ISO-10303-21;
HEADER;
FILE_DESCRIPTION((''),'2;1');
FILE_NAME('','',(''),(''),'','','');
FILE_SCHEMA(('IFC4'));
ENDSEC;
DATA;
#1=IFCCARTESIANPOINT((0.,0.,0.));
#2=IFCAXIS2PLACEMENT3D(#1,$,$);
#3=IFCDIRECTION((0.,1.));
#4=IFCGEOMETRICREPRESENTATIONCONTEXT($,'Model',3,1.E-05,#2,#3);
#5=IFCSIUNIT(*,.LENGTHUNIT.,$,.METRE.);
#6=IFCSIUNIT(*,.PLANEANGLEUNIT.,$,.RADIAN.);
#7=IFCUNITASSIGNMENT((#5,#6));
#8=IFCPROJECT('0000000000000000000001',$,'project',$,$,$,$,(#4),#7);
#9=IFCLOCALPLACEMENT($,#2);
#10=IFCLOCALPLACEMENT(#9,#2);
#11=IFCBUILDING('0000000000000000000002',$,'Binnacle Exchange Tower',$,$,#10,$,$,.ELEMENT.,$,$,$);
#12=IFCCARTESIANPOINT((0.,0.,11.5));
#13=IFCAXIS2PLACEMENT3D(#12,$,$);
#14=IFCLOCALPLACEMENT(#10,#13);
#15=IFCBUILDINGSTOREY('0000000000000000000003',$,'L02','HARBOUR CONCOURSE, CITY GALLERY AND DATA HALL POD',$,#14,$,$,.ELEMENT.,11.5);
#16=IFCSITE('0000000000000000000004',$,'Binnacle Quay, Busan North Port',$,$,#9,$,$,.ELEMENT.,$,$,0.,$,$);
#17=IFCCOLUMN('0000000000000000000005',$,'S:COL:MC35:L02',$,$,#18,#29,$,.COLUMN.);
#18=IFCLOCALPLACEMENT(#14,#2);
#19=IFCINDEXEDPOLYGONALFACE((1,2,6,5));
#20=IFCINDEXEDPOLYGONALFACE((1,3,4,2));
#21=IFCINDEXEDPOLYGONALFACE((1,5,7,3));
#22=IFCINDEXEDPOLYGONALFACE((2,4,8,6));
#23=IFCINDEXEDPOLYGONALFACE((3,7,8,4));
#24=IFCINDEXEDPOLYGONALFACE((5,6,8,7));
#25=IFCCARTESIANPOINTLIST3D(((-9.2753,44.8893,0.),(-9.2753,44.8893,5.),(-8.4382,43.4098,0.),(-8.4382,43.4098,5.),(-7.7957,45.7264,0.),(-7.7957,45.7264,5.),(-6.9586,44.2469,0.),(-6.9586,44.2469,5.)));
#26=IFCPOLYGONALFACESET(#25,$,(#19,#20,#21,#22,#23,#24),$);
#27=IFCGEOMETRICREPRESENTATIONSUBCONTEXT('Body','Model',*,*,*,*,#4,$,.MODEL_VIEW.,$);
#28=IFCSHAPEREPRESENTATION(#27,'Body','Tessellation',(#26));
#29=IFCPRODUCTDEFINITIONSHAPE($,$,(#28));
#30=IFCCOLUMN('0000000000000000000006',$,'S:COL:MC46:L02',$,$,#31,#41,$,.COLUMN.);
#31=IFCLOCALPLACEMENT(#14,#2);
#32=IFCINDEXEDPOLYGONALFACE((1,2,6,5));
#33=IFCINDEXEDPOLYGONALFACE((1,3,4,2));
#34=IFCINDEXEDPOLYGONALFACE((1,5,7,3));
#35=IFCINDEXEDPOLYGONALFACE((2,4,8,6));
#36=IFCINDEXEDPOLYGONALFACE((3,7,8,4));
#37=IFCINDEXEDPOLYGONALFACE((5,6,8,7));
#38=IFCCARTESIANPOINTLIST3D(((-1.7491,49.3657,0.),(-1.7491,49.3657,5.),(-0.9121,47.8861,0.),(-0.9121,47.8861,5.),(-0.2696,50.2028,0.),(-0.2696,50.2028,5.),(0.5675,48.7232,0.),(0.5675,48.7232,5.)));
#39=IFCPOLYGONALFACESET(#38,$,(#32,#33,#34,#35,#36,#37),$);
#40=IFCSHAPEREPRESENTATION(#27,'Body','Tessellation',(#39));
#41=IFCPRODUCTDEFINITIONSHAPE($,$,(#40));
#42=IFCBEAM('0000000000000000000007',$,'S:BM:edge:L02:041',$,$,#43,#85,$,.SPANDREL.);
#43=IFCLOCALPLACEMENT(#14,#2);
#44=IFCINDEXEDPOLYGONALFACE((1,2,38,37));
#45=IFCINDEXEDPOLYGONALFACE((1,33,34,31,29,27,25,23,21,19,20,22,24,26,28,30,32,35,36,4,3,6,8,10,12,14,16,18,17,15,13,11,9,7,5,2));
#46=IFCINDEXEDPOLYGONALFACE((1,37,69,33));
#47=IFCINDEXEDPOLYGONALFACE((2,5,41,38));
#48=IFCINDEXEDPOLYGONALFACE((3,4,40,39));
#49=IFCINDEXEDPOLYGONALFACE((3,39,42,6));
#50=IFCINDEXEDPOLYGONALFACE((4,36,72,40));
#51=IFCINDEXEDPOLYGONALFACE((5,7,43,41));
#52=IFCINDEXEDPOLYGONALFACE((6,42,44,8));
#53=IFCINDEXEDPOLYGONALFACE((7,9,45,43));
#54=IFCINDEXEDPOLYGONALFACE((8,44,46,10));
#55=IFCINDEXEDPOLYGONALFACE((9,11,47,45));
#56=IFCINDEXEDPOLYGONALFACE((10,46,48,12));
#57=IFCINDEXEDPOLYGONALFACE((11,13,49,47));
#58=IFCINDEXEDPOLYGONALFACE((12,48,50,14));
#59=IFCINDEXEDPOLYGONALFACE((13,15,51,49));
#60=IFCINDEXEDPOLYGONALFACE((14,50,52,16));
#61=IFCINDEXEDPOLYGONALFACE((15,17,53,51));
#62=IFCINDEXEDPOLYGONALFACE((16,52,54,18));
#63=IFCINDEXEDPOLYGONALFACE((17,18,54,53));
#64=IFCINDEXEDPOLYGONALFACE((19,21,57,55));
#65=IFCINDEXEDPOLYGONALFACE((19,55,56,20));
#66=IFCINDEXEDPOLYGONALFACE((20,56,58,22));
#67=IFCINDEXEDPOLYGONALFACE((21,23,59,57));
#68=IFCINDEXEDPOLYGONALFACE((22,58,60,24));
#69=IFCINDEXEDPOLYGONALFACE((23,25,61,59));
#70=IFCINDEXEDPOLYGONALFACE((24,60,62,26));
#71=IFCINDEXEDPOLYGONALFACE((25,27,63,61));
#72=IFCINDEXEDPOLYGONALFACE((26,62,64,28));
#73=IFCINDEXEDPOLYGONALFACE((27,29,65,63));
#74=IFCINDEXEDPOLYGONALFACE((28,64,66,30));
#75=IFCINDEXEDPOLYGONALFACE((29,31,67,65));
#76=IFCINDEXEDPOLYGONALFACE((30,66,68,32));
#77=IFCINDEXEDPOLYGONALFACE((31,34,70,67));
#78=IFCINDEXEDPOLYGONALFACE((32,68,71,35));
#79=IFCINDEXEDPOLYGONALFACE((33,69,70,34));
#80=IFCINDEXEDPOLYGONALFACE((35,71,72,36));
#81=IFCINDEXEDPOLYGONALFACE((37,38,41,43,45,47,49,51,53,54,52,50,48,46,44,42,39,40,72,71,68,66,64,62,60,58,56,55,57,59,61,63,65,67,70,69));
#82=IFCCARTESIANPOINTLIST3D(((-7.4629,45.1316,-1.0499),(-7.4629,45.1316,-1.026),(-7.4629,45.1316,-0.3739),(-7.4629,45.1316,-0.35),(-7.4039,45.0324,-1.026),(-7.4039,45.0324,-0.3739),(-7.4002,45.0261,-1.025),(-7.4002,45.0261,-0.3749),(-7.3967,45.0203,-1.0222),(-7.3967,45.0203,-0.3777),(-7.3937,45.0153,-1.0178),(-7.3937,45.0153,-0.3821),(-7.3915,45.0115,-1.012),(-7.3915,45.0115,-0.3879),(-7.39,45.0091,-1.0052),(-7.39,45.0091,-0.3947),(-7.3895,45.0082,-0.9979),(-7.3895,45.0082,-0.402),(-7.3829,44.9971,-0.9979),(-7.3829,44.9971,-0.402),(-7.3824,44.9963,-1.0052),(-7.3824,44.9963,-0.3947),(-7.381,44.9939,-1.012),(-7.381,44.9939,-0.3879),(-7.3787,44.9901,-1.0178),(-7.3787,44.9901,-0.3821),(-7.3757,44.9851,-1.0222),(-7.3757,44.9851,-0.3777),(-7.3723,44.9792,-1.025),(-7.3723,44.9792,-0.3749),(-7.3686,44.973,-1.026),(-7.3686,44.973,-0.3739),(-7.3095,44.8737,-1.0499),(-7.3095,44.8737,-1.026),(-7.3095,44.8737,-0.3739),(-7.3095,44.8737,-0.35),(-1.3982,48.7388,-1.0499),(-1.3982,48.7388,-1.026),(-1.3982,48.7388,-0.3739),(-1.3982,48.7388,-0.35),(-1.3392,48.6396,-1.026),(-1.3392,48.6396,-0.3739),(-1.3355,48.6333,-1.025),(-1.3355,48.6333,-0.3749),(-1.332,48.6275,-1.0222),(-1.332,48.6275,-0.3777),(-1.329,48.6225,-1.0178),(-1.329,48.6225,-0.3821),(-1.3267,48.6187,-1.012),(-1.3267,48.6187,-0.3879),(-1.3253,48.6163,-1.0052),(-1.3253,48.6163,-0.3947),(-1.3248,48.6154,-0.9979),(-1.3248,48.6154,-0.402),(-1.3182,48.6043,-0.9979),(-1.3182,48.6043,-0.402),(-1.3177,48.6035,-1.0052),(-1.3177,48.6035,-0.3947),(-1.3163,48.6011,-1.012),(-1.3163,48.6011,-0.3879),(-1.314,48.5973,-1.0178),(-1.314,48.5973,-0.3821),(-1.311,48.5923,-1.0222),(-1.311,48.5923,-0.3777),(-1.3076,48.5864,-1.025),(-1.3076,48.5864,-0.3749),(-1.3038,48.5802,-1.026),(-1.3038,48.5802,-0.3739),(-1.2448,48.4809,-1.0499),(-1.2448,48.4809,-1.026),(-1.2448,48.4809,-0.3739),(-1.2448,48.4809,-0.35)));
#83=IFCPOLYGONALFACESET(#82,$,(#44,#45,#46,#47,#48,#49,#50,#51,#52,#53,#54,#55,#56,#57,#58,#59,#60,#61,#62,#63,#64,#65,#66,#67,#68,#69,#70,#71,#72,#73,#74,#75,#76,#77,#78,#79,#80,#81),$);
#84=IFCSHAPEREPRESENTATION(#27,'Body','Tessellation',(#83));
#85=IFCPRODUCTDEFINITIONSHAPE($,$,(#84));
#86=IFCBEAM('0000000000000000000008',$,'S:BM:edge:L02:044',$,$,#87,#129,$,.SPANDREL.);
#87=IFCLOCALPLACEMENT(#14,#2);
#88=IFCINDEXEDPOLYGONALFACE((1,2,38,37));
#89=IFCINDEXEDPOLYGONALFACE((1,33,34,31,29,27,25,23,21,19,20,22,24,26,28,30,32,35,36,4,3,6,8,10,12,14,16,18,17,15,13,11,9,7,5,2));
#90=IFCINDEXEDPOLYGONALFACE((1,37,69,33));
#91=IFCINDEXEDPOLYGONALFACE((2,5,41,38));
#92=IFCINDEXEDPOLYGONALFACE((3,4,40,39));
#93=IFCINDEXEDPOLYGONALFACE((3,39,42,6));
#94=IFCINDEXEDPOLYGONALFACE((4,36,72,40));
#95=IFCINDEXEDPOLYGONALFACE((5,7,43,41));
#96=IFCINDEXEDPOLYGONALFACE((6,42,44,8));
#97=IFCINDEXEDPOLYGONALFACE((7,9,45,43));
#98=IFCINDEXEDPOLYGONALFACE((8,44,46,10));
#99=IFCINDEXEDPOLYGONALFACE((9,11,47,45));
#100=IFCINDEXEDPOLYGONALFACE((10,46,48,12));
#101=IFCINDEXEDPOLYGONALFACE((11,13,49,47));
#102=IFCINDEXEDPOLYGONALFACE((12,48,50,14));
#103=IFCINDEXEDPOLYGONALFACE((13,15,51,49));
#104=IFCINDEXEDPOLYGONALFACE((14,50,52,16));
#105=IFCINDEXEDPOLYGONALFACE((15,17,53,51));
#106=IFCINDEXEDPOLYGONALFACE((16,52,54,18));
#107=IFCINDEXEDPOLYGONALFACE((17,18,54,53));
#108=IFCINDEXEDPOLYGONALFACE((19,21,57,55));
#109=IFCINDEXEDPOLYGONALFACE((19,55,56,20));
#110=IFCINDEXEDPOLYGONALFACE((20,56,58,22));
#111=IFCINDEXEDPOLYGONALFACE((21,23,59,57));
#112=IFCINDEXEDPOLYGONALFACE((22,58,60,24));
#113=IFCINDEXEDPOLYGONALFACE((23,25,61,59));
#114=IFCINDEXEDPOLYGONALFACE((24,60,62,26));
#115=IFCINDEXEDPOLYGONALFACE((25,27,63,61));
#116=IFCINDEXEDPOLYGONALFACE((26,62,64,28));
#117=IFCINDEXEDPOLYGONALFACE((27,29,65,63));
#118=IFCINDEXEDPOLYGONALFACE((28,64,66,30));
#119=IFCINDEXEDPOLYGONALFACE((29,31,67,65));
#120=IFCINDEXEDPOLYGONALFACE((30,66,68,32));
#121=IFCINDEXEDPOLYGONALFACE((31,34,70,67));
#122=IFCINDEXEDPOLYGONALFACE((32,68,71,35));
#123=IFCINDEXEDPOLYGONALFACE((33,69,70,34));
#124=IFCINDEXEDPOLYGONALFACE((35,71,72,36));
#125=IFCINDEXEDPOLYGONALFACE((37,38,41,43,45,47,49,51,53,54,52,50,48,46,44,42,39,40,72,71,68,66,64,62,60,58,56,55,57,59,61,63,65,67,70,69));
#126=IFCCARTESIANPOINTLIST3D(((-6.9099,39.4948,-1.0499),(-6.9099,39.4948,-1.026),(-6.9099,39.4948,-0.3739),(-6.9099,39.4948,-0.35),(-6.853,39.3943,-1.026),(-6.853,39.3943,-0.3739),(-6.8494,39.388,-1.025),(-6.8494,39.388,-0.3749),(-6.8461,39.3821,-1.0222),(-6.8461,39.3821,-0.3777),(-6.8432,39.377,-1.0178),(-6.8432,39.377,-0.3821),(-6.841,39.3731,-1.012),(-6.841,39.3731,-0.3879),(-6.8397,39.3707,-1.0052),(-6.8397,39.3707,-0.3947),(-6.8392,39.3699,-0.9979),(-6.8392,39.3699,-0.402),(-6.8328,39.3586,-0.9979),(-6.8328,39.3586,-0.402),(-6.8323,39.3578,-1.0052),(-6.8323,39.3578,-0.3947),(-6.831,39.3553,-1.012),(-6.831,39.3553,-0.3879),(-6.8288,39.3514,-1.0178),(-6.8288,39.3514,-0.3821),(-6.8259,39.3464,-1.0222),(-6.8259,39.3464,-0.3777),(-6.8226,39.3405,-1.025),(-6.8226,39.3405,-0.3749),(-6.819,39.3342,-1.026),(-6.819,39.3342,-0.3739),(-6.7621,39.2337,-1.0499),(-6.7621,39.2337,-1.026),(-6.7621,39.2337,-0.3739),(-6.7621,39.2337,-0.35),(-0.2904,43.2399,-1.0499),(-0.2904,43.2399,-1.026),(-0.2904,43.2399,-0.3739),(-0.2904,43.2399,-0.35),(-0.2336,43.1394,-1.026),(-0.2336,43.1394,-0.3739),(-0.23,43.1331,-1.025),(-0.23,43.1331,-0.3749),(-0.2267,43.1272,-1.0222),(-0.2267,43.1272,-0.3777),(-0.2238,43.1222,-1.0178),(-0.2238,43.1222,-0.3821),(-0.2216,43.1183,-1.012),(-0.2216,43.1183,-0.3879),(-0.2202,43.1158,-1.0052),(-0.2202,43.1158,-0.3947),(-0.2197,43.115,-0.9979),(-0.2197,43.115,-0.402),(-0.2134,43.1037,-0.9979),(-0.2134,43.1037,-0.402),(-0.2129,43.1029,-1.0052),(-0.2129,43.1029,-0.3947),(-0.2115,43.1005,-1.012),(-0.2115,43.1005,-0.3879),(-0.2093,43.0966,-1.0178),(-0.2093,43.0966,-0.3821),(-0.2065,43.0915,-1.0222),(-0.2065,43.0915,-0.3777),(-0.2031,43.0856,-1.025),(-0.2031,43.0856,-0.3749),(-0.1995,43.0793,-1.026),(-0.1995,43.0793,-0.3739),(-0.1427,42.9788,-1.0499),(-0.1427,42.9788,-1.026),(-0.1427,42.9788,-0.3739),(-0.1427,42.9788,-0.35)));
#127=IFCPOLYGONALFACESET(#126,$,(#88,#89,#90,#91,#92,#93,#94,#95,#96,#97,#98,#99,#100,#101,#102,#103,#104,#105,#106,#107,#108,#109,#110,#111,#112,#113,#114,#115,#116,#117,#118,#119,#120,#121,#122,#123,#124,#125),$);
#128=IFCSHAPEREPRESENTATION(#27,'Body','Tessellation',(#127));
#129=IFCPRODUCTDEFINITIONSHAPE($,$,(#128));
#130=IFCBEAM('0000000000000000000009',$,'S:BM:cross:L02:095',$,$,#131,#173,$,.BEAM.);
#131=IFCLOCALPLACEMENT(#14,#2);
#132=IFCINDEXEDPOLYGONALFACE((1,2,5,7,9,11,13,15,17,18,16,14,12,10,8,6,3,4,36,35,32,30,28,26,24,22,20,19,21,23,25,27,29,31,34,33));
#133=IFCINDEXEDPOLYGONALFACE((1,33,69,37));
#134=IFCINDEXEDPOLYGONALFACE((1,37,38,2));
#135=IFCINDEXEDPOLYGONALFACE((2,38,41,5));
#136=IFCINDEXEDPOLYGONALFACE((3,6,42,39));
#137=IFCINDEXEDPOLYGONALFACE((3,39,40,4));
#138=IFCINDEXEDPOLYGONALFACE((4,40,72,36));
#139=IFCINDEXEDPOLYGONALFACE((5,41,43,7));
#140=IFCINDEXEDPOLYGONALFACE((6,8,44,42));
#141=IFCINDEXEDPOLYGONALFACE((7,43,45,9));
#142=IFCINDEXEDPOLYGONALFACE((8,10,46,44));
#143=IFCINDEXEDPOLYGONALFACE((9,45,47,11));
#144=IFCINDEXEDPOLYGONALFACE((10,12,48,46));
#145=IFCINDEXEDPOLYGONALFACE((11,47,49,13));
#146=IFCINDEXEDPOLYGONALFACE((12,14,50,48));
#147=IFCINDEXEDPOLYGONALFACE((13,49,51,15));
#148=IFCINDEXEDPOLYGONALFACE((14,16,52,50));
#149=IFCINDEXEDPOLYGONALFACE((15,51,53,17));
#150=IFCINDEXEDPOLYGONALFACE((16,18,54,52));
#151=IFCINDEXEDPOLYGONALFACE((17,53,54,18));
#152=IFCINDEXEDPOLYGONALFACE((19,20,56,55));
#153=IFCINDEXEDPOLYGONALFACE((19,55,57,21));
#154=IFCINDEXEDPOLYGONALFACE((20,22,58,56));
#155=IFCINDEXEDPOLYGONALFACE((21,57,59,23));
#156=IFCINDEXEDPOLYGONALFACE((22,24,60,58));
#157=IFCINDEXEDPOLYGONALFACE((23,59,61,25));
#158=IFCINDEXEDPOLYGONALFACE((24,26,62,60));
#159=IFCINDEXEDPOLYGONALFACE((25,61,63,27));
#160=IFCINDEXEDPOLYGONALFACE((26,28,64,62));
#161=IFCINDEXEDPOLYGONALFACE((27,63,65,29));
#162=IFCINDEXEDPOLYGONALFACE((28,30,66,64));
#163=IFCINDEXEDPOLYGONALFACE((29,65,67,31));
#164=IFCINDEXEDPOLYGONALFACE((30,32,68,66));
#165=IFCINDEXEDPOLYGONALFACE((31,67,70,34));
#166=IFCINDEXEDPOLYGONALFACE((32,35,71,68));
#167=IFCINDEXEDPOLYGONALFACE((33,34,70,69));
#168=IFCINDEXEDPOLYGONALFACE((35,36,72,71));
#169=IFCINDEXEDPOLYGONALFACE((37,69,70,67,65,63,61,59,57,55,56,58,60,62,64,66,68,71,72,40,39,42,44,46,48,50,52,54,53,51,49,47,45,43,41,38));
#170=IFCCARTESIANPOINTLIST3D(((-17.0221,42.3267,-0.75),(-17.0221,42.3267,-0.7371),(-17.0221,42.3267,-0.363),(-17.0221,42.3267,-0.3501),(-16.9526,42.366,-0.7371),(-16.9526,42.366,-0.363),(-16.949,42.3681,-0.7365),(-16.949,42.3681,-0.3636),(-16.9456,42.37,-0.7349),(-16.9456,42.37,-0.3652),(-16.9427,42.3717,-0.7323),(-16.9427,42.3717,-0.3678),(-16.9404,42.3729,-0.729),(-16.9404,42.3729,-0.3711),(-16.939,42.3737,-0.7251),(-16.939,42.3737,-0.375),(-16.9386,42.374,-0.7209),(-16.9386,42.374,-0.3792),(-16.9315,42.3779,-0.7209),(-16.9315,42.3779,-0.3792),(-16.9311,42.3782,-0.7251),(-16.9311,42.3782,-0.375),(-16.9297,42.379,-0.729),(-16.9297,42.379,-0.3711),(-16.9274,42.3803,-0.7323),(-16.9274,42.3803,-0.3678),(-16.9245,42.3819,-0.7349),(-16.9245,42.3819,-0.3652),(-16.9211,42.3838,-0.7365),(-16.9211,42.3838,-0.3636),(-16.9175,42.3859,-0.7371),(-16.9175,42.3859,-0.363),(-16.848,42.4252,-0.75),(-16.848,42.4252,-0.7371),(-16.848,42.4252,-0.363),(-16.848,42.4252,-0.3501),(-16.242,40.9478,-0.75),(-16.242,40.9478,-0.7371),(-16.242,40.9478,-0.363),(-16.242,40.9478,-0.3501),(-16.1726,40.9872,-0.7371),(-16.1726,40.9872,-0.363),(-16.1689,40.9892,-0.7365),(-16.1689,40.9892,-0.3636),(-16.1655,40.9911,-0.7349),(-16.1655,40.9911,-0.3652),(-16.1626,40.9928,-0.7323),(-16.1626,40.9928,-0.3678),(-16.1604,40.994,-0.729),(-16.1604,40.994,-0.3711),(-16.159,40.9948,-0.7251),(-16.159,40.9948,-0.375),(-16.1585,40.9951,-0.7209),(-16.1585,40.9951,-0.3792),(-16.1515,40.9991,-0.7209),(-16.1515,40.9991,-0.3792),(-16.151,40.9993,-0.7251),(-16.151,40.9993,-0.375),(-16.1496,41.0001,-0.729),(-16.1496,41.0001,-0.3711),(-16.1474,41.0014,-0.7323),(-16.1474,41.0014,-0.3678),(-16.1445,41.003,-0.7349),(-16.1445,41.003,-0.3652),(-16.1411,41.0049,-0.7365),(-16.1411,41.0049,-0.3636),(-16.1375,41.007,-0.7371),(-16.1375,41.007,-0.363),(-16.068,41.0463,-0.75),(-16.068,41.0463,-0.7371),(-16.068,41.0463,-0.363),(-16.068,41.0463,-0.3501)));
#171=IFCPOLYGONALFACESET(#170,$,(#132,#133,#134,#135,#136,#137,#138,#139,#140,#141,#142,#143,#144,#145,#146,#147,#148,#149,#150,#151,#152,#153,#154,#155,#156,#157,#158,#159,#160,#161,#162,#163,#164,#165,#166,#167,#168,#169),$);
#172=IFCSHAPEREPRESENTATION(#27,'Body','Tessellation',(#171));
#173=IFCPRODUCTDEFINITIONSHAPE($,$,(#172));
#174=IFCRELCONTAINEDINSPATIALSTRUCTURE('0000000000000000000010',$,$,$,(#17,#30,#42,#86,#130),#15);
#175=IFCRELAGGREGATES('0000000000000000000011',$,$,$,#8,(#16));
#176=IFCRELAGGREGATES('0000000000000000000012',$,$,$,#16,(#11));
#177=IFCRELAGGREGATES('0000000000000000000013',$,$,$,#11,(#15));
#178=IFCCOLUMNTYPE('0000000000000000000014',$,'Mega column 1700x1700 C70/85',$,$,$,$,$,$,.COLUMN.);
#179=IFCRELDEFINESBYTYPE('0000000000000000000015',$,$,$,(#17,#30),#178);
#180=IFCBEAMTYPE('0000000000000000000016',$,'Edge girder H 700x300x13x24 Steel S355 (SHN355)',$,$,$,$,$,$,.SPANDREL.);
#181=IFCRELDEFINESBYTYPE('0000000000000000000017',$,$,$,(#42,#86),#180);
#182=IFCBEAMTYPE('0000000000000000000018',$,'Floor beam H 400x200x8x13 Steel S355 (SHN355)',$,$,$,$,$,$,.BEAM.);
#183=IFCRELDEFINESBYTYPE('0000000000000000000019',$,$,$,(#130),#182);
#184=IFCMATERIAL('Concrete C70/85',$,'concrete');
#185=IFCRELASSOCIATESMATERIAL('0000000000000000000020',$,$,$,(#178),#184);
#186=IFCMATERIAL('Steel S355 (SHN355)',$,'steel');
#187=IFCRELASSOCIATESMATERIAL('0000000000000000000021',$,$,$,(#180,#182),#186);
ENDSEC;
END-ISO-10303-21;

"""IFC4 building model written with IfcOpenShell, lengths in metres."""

from ifc_helpers import new_model, si_unit, direction, frame, origin, origin_2d, place, context, subcontext, project, spatial, rectangle, i_section, extrude, material, material_profile, profile_set, type_object, element, save


model = new_model("IFC4")

# Units and contexts
model_context = context("Model", 3, precision=1e-05, world=origin(), true_north=direction((0.0, 1.0)))
body_context = subcontext(model_context, "Body", "Model", "MODEL_VIEW")
ifc_project = project(units=[si_unit("LENGTHUNIT", "METRE"), si_unit("PLANEANGLEUNIT", "RADIAN")], contexts=[model_context])

# Site, building, storey
site_placement = place(None, origin())
site = spatial("IfcSite", under=ifc_project, at=site_placement, Name="Binnacle Quay, Busan North Port", CompositionType="ELEMENT", RefElevation=0.0)
building_placement = place(site_placement, origin())
building = spatial("IfcBuilding", under=site, at=building_placement, Name="Binnacle Exchange Tower", CompositionType="ELEMENT")
storey_placement = place(building_placement, frame((0.0, 0.0, 11.5)))
storey = spatial("IfcBuildingStorey", under=building, at=storey_placement, Name="L02", Description="HARBOUR CONCOURSE, CITY GALLERY AND DATA HALL POD", CompositionType="ELEMENT", Elevation=11.5)

# Columns
ifc_material_1 = material(Name="Concrete C70/85", Category="concrete")
ifc_material_profile_1 = material_profile(ifc_material_1, rectangle(XDim=1.7, YDim=1.7, at=origin_2d()), Name="Mega column 1700x1700 C70/85")
ifc_profile_set_1 = profile_set([ifc_material_profile_1], Name="Concrete C70/85")
column_type = type_object("IfcColumnType", Name="Mega column 1700x1700 C70/85", PredefinedType="COLUMN", material=ifc_profile_set_1)
for number, where, z_axis, x_axis, name in (
    (1, (-8.1169, 44.5681, 0.0), (0.0, 0.0, 1.0), (0.870356, 0.492424, 0.0), "S:COL:MC35:L02"),
    (2, (-0.5908, 49.0444, 0.0), (0.0, 0.0, 1.0), (0.870356, 0.492424, 0.0), "S:COL:MC46:L02"),
):
    element("IfcColumn", number, at=place(storey_placement, frame(where, z_axis=z_axis, x_axis=x_axis)), inside=storey, type_object=column_type, Name=name, PredefinedType="COLUMN", context=body_context, shape_type="SweptSolid", body=[
        extrude(rectangle(XDim=1.7, YDim=1.7, at=origin_2d()), origin(), (0.0, 0.0, 1.0), 5.0),
    ])

# Beams
ifc_material_2 = material(Name="Steel S355 (SHN355)", Category="steel")
ifc_material_profile_2 = material_profile(ifc_material_2, i_section(OverallWidth=0.3, OverallDepth=0.7, WebThickness=0.0129, FlangeThickness=0.0239, FilletRadius=0.0281, at=origin_2d()), Name="H 700x300x13x24")
ifc_profile_set_2 = profile_set([ifc_material_profile_2], Name="Steel S355 (SHN355)")
beam_type_1 = type_object("IfcBeamType", Name="Edge girder H 700x300x13x24 Steel S355 (SHN355)", PredefinedType="SPANDREL", material=ifc_profile_set_2)
beam_1_placement = place(storey_placement, frame((-7.3862, 45.0027, -0.7), z_axis=(0.859465, 0.511195, 0.0), x_axis=(-0.511195, 0.859465, 0.0)))
element("IfcBeam", 3, at=beam_1_placement, inside=storey, type_object=beam_type_1, Name="S:BM:edge:L02:041", PredefinedType="SPANDREL", context=body_context, shape_type="SweptSolid", body=[
    extrude(i_section(OverallWidth=0.3, OverallDepth=0.7, WebThickness=0.0129, FlangeThickness=0.0239, FilletRadius=0.0281, at=origin_2d()), origin(), (0.0, 0.0, 1.0), 7.0564),
])
beam_2_placement = place(storey_placement, frame((-0.2166, 43.1094, -0.7), z_axis=(-0.870353, -0.492428, 0.0), x_axis=(0.492428, -0.870353, 0.0)))
element("IfcBeam", 4, at=beam_2_placement, inside=storey, type_object=beam_type_1, Name="S:BM:edge:L02:044", PredefinedType="SPANDREL", context=body_context, shape_type="SweptSolid", body=[
    extrude(i_section(OverallWidth=0.3, OverallDepth=0.7, WebThickness=0.0129, FlangeThickness=0.0239, FilletRadius=0.0281, at=origin_2d()), origin(), (0.0, 0.0, 1.0), 7.6055),
])
ifc_material_profile_3 = material_profile(ifc_material_2, i_section(OverallWidth=0.2, OverallDepth=0.3999, WebThickness=0.0081, FlangeThickness=0.0129, FilletRadius=0.0161, at=origin_2d()), Name="H 400x200x8x13")
ifc_profile_set_3 = profile_set([ifc_material_profile_3], Name="Steel S355 (SHN355)")
beam_type_2 = type_object("IfcBeamType", Name="Floor beam H 400x200x8x13 Steel S355 (SHN355)", PredefinedType="BEAM", material=ifc_profile_set_3)
beam_3_placement = place(storey_placement, frame((-16.155, 40.9971, -0.55), z_axis=(-0.492367, 0.870388, 0.0), x_axis=(-0.870388, -0.492367, 0.0)))
element("IfcBeam", 5, at=beam_3_placement, inside=storey, type_object=beam_type_2, Name="S:BM:cross:L02:095", PredefinedType="BEAM", context=body_context, shape_type="SweptSolid", body=[
    extrude(i_section(OverallWidth=0.2, OverallDepth=0.3999, WebThickness=0.0081, FlangeThickness=0.0129, FilletRadius=0.0161, at=origin_2d()), origin(), (0.0, 0.0, 1.0), 1.5842),
])

save(model, "model.ifc")
